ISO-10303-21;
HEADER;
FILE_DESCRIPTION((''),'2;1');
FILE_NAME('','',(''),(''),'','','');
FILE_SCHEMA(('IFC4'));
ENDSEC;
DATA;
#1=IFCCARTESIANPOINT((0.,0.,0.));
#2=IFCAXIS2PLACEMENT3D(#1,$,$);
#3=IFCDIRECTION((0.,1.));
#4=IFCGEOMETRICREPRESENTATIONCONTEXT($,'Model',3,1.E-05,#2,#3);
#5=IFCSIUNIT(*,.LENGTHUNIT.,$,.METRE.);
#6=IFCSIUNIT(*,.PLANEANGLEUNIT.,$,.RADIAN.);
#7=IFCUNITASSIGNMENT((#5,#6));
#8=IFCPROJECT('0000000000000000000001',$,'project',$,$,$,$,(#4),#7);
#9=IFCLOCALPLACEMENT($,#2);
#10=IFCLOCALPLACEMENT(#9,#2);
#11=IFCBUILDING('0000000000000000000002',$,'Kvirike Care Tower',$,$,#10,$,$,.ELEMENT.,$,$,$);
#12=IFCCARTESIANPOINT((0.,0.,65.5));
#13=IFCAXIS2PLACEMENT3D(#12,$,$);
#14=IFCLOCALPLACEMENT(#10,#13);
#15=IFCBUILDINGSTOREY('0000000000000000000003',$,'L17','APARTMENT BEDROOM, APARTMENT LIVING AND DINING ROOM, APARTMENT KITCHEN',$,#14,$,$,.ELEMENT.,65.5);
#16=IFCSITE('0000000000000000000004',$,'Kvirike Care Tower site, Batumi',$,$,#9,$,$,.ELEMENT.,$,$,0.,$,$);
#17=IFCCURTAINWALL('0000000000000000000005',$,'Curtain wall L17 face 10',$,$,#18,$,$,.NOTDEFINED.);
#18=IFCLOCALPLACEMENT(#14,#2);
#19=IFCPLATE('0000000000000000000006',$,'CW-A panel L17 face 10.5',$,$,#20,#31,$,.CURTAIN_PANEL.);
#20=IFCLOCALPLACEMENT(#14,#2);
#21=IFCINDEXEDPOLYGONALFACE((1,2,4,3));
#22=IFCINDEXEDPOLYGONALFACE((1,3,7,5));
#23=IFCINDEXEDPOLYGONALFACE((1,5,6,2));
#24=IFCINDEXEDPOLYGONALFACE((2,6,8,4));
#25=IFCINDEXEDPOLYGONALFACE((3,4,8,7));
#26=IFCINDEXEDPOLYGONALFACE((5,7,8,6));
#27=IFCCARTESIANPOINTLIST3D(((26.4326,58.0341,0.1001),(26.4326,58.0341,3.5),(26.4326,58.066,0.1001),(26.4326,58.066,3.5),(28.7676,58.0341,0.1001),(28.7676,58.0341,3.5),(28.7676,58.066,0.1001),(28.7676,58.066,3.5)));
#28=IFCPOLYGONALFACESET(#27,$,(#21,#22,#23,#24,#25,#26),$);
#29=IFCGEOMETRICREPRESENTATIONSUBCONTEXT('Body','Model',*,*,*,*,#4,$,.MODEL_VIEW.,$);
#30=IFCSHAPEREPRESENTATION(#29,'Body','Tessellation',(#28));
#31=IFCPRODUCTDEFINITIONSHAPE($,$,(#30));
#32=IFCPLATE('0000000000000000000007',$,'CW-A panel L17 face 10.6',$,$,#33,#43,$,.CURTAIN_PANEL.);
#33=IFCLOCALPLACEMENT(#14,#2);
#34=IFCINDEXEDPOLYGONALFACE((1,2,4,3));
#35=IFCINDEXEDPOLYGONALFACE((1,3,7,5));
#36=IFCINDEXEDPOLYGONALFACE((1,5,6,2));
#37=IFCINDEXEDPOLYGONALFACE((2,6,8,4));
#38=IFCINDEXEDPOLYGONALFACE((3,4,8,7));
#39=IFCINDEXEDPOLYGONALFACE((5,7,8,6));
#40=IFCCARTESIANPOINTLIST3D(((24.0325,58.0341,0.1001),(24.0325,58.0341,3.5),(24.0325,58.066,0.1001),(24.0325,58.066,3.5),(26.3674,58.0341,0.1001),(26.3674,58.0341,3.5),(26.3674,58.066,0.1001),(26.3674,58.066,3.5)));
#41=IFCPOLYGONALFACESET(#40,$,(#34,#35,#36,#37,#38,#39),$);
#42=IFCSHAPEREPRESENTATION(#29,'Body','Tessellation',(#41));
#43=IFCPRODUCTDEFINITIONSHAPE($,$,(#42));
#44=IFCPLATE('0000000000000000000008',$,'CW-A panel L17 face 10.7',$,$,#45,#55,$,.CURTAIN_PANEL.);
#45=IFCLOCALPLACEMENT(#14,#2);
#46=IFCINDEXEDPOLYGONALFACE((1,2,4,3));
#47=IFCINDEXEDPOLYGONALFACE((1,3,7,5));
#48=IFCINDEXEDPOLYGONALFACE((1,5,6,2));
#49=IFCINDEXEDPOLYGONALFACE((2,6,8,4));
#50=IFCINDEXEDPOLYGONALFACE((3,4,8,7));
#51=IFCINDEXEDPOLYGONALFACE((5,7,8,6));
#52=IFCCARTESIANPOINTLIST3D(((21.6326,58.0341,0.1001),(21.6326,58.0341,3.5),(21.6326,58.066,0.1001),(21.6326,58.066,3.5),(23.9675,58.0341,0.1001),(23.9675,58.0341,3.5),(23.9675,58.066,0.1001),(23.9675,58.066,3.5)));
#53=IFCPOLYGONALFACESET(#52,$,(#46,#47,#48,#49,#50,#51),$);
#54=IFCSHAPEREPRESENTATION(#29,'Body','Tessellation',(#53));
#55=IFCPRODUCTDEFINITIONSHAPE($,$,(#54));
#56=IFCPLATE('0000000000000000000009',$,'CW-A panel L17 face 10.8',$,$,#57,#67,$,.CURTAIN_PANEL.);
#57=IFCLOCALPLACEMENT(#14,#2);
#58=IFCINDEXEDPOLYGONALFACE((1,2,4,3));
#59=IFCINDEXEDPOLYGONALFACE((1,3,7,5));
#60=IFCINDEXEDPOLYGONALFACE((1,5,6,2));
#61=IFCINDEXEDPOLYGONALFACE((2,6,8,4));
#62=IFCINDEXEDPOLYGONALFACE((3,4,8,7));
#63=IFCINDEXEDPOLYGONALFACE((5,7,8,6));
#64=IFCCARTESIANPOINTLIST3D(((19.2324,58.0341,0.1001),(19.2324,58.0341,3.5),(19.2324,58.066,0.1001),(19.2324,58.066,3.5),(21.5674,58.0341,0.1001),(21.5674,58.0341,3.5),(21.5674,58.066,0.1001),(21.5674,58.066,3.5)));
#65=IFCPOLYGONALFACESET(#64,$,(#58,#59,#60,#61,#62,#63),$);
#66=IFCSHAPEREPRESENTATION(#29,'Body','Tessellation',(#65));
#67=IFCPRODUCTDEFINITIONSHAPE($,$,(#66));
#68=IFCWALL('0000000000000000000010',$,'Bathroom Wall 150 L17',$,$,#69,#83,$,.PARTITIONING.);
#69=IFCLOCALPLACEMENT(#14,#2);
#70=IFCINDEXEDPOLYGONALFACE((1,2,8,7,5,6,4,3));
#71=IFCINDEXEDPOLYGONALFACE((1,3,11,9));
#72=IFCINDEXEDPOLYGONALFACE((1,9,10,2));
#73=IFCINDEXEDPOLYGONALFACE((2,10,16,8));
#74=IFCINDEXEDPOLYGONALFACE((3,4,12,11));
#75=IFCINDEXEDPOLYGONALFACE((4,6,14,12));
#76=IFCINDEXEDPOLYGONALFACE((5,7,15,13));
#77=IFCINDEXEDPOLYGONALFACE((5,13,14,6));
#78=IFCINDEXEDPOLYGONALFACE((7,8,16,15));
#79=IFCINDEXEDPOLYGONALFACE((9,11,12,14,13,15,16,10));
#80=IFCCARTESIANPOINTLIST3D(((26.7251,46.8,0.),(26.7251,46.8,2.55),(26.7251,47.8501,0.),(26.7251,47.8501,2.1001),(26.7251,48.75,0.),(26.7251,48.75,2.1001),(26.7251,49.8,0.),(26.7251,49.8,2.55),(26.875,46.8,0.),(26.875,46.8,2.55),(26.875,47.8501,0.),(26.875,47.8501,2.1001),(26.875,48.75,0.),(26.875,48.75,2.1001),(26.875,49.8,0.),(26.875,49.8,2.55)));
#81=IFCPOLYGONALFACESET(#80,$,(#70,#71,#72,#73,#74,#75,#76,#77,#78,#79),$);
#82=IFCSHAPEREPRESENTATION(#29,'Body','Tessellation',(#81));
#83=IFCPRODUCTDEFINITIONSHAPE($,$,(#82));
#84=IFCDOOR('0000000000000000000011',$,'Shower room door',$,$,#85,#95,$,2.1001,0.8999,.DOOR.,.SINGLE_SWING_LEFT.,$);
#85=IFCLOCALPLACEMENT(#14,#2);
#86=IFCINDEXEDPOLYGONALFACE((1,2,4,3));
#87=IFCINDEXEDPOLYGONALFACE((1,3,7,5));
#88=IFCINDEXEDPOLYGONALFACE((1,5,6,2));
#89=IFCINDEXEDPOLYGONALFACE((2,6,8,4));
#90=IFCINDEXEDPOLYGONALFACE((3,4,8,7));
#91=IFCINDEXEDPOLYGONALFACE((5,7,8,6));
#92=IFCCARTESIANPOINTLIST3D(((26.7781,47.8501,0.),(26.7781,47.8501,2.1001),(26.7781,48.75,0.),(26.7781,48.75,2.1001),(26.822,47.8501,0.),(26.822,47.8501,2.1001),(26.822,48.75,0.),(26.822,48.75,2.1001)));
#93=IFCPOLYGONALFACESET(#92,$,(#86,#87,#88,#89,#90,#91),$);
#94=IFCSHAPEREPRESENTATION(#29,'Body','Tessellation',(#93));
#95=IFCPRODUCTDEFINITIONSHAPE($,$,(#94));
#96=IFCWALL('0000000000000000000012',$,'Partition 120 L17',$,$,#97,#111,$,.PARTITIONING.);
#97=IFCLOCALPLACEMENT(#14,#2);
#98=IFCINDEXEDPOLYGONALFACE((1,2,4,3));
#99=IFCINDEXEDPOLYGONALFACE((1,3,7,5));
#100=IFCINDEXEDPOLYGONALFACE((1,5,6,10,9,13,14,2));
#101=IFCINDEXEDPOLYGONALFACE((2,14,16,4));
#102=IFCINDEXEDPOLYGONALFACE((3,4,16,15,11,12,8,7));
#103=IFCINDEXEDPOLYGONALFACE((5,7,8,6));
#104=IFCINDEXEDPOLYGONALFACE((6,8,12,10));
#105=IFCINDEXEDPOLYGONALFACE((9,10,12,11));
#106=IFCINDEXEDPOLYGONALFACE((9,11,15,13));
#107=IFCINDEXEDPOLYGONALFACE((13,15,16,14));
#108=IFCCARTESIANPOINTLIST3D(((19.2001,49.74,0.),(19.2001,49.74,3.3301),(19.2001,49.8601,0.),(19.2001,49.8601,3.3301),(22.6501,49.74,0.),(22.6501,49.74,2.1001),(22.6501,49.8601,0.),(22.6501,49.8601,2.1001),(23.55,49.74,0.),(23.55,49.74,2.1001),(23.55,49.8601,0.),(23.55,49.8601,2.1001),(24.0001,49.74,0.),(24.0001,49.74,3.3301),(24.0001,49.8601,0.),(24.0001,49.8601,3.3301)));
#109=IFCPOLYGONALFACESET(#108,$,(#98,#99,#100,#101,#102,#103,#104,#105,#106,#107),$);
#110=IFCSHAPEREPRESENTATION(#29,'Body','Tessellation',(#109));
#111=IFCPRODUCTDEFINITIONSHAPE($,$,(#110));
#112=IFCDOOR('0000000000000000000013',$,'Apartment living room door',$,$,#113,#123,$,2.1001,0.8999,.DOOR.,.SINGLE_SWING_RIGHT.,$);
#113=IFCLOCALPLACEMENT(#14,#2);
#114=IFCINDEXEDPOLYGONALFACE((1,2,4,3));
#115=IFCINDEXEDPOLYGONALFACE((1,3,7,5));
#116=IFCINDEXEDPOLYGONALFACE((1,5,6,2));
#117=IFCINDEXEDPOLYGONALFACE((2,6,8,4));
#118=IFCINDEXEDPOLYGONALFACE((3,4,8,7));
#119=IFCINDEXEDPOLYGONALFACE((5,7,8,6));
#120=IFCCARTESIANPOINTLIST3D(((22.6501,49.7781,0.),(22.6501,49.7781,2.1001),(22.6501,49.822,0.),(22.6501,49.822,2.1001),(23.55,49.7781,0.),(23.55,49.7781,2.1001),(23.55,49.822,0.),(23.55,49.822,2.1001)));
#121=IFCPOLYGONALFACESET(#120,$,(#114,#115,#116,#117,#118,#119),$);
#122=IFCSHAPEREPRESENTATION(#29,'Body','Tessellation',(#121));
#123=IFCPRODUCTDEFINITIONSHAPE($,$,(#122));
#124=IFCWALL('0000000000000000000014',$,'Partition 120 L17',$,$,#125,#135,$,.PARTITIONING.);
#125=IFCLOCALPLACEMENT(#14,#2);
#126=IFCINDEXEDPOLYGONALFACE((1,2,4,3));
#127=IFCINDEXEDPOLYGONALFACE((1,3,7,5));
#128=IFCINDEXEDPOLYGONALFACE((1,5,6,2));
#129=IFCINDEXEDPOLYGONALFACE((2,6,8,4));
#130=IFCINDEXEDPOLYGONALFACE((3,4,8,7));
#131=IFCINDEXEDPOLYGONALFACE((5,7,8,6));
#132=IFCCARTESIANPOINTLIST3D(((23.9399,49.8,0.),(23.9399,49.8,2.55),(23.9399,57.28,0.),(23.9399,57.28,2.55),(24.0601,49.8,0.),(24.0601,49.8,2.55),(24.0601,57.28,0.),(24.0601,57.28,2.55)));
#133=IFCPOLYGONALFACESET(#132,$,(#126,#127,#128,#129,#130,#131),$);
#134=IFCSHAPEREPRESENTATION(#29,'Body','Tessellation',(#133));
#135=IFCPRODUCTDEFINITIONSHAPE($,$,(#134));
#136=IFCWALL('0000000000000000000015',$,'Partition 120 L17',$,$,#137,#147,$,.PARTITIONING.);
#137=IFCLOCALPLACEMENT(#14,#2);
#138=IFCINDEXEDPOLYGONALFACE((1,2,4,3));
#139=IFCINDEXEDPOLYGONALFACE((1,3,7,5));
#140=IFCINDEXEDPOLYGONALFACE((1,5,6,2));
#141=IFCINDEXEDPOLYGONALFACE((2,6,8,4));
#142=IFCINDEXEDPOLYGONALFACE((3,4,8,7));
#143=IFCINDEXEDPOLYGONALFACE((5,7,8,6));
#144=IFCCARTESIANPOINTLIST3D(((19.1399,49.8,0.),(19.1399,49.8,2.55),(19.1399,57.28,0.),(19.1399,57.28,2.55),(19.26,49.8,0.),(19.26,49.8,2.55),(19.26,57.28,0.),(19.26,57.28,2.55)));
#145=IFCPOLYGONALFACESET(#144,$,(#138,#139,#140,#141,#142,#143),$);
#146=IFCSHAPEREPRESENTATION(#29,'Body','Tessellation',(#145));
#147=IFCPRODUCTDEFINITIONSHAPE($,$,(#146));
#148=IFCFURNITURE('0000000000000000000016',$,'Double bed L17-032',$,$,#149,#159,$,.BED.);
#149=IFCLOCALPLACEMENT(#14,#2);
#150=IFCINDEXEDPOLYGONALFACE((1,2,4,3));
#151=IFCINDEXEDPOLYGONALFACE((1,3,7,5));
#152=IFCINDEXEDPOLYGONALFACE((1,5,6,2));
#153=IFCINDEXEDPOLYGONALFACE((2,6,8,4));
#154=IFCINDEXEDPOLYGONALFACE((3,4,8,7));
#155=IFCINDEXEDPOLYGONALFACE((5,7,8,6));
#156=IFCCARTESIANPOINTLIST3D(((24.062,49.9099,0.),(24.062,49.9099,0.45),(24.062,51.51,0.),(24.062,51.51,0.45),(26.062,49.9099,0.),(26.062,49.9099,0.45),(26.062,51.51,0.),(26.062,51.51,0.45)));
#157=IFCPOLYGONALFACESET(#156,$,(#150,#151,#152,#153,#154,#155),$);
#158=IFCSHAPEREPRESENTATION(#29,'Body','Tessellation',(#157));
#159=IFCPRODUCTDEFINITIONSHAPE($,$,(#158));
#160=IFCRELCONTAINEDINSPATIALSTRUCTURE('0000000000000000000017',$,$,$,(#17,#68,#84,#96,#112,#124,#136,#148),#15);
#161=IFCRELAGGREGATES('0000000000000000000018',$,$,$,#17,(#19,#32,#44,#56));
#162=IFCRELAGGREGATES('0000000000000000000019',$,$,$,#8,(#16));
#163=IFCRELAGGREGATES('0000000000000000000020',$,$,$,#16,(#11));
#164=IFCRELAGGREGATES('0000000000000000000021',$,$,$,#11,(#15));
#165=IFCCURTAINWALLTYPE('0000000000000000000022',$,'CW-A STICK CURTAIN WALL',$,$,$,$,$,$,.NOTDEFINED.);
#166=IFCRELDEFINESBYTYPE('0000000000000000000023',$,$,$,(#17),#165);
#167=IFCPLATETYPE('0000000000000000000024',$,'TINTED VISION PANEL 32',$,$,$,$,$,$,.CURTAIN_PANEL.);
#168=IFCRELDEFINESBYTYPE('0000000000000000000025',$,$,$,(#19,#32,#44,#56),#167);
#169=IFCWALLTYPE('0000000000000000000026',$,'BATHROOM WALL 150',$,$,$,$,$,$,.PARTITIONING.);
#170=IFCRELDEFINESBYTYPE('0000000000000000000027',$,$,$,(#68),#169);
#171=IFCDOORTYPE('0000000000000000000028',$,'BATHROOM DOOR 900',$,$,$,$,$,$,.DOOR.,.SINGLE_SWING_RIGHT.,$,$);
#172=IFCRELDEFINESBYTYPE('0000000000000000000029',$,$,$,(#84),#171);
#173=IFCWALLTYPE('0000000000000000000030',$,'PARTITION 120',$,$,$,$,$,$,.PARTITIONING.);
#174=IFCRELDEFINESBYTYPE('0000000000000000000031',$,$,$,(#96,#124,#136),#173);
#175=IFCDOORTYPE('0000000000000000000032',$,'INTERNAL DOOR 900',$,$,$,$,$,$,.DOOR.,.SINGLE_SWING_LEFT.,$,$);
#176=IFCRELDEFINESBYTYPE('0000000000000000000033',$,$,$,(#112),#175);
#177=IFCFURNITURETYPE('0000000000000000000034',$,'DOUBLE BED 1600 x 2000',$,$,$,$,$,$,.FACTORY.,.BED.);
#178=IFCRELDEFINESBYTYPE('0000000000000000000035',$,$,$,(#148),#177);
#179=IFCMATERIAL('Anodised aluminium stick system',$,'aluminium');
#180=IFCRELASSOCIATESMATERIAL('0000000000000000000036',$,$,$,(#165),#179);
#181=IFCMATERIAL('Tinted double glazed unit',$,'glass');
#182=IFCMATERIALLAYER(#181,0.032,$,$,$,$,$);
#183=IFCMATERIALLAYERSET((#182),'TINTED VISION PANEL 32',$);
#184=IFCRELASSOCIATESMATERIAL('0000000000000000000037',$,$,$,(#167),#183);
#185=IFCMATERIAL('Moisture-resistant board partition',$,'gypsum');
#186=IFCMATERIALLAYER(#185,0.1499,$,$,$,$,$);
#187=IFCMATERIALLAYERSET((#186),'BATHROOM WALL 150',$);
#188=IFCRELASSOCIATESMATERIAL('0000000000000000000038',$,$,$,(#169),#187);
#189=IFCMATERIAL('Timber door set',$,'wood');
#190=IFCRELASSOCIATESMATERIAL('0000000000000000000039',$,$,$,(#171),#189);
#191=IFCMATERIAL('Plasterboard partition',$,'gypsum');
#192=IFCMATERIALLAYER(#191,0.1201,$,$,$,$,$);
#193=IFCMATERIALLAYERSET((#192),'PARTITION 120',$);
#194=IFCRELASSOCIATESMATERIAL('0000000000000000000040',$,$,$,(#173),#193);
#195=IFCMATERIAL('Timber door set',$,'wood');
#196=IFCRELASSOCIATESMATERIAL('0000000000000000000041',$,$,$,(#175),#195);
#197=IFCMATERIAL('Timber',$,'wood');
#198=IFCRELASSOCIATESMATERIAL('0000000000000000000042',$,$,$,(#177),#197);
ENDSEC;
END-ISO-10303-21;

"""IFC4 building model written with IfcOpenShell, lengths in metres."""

from ifc_helpers import new_model, si_unit, direction, frame, frame_2d, origin, origin_2d, place, context, subcontext, project, spatial, rectangle, extrude, material, layer, layer_set, type_object, element, fill, aggregate, save


model = new_model("IFC4")

# Units and contexts
model_context = context("Model", 3, precision=1e-05, world=origin(), true_north=direction((0.0, 1.0)))
body_context = subcontext(model_context, "Body", "Model", "MODEL_VIEW")
ifc_project = project(units=[si_unit("LENGTHUNIT", "METRE"), si_unit("PLANEANGLEUNIT", "RADIAN")], contexts=[model_context])

# Site, building, storey
site_placement = place(None, origin())
site = spatial("IfcSite", under=ifc_project, at=site_placement, Name="Kvirike Care Tower site, Batumi", CompositionType="ELEMENT", RefElevation=0.0)
building_placement = place(site_placement, origin())
building = spatial("IfcBuilding", under=site, at=building_placement, Name="Kvirike Care Tower", CompositionType="ELEMENT")
storey_placement = place(building_placement, frame((0.0, 0.0, 65.5)))
storey = spatial("IfcBuildingStorey", under=building, at=storey_placement, Name="L17", Description="APARTMENT BEDROOM, APARTMENT LIVING AND DINING ROOM, APARTMENT KITCHEN", CompositionType="ELEMENT", Elevation=65.5)

# Curtain wall
ifc_material_1 = material(Name="Anodised aluminium stick system", Category="aluminium")
curtain_wall_type = type_object("IfcCurtainWallType", Name="CW-A STICK CURTAIN WALL", PredefinedType="NOTDEFINED", material=ifc_material_1)
curtain_wall_placement = place(storey_placement, origin())
curtain_wall = element("IfcCurtainWall", 1, at=curtain_wall_placement, inside=storey, type_object=curtain_wall_type, Name="Curtain wall L17 face 10", PredefinedType="NOTDEFINED")

# Plates
ifc_material_2 = material(Name="Tinted double glazed unit", Category="glass")
ifc_layer_1 = layer(ifc_material_2, 0.032)
ifc_layer_set_1 = layer_set([ifc_layer_1], Name="TINTED VISION PANEL 32")
plate_type = type_object("IfcPlateType", Name="TINTED VISION PANEL 32", PredefinedType="CURTAIN_PANEL", material=ifc_layer_set_1)
plate_1_placement = place(storey_placement, frame((27.6001, 58.05, 0.1001), z_axis=(0.0, 0.0, 1.0), x_axis=(-1.0, 0.0, 0.0)))
plate_1 = element("IfcPlate", 2, at=plate_1_placement, type_object=plate_type, Name="CW-A panel L17 face 10.5", PredefinedType="CURTAIN_PANEL", context=body_context, shape_type="SweptSolid", body=[
    extrude(rectangle(XDim=2.335, YDim=0.032, at=origin_2d()), origin(), (0.0, 0.0, 1.0), 3.3999),
])
plate_2_placement = place(storey_placement, frame((25.2, 58.05, 0.1001), z_axis=(0.0, 0.0, 1.0), x_axis=(-1.0, 0.0, 0.0)))
plate_2 = element("IfcPlate", 3, at=plate_2_placement, type_object=plate_type, Name="CW-A panel L17 face 10.6", PredefinedType="CURTAIN_PANEL", context=body_context, shape_type="SweptSolid", body=[
    extrude(rectangle(XDim=2.335, YDim=0.032, at=origin_2d()), origin(), (0.0, 0.0, 1.0), 3.3999),
])
plate_3_placement = place(storey_placement, frame((22.8, 58.05, 0.1001), z_axis=(0.0, 0.0, 1.0), x_axis=(-1.0, 0.0, 0.0)))
plate_3 = element("IfcPlate", 4, at=plate_3_placement, type_object=plate_type, Name="CW-A panel L17 face 10.7", PredefinedType="CURTAIN_PANEL", context=body_context, shape_type="SweptSolid", body=[
    extrude(rectangle(XDim=2.335, YDim=0.032, at=origin_2d()), origin(), (0.0, 0.0, 1.0), 3.3999),
])
plate_4_placement = place(storey_placement, frame((20.3999, 58.05, 0.1001), z_axis=(0.0, 0.0, 1.0), x_axis=(-1.0, 0.0, 0.0)))
plate_4 = element("IfcPlate", 5, at=plate_4_placement, type_object=plate_type, Name="CW-A panel L17 face 10.8", PredefinedType="CURTAIN_PANEL", context=body_context, shape_type="SweptSolid", body=[
    extrude(rectangle(XDim=2.335, YDim=0.032, at=origin_2d()), origin(), (0.0, 0.0, 1.0), 3.3999),
])
aggregate(curtain_wall, [plate_1, plate_2, plate_3, plate_4])

# Walls, openings, doors
ifc_material_3 = material(Name="Moisture-resistant board partition", Category="gypsum")
ifc_layer_2 = layer(ifc_material_3, 0.1499)
ifc_layer_set_2 = layer_set([ifc_layer_2], Name="BATHROOM WALL 150")
wall_type_1 = type_object("IfcWallType", Name="BATHROOM WALL 150", PredefinedType="PARTITIONING", material=ifc_layer_set_2)
wall_1_placement = place(storey_placement, frame((26.8, 49.8, 0.0), z_axis=(0.0, 0.0, 1.0), x_axis=(0.0, -1.0, 0.0)))
wall_1 = element("IfcWall", 6, at=wall_1_placement, inside=storey, type_object=wall_type_1, Name="Bathroom Wall 150 L17", PredefinedType="PARTITIONING", context=body_context, shape_type="SweptSolid", body=[
    extrude(rectangle(XDim=3.0, YDim=0.1499, at=frame_2d((1.5, 0.0))), origin(), (0.0, 0.0, 1.0), 2.55),
])
opening_1_placement = place(wall_1_placement, frame((1.05, 0.0, 0.0)))
opening_1 = element("IfcOpeningElement", 7, at=opening_1_placement, cuts=wall_1, PredefinedType="OPENING", context=body_context, shape_type="SweptSolid", body=[
    extrude(rectangle(XDim=0.8999, YDim=2.1001, at=frame_2d((0.45, 1.05))), frame((0.0, 0.0854, 0.0), z_axis=(0.0, -1.0, 0.0), x_axis=(1.0, 0.0, 0.0)), (0.0, 0.0, 1.0), 0.1709),
])
ifc_material_4 = material(Name="Timber door set", Category="wood")
door_type_1 = type_object("IfcDoorType", Name="BATHROOM DOOR 900", OperationType="SINGLE_SWING_RIGHT", PredefinedType="DOOR", material=ifc_material_4)
door_1_placement = place(opening_1_placement, frame((0.8999, 0.0, 0.0), z_axis=(0.0, 0.0, 1.0), x_axis=(-1.0, 0.0, 0.0)))
door_1 = element("IfcDoor", 8, at=door_1_placement, inside=storey, type_object=door_type_1, Name="Shower room door", OperationType="SINGLE_SWING_LEFT", OverallHeight=2.1001, OverallWidth=0.8999, PredefinedType="DOOR", context=body_context, shape_type="SweptSolid", body=[
    extrude(rectangle(XDim=0.8999, YDim=2.1001, at=frame_2d((0.45, 1.05))), frame((0.0, 0.022, 0.0), z_axis=(0.0, -1.0, 0.0), x_axis=(1.0, 0.0, 0.0)), (0.0, 0.0, 1.0), 0.0439),
])
fill(opening_1, door_1)
ifc_material_5 = material(Name="Plasterboard partition", Category="gypsum")
ifc_layer_3 = layer(ifc_material_5, 0.1201)
ifc_layer_set_3 = layer_set([ifc_layer_3], Name="PARTITION 120")
wall_type_2 = type_object("IfcWallType", Name="PARTITION 120", PredefinedType="PARTITIONING", material=ifc_layer_set_3)
wall_2_placement = place(storey_placement, frame((24.0, 49.8, 0.0), z_axis=(0.0, 0.0, 1.0), x_axis=(-1.0, 0.0, 0.0)))
wall_2 = element("IfcWall", 9, at=wall_2_placement, inside=storey, type_object=wall_type_2, Name="Partition 120 L17", PredefinedType="PARTITIONING", context=body_context, shape_type="SweptSolid", body=[
    extrude(rectangle(XDim=4.8, YDim=0.1201, at=frame_2d((2.3999, 0.0))), origin(), (0.0, 0.0, 1.0), 3.3301),
])
opening_2_placement = place(wall_2_placement, frame((0.45, 0.0, 0.0)))
opening_2 = element("IfcOpeningElement", 10, at=opening_2_placement, cuts=wall_2, PredefinedType="OPENING", context=body_context, shape_type="SweptSolid", body=[
    extrude(rectangle(XDim=0.8999, YDim=2.1001, at=frame_2d((0.45, 1.05))), frame((0.0, 0.0706, 0.0), z_axis=(0.0, -1.0, 0.0), x_axis=(1.0, 0.0, 0.0)), (0.0, 0.0, 1.0), 0.1411),
])
ifc_material_6 = material(Name="Timber door set", Category="wood")
door_type_2 = type_object("IfcDoorType", Name="INTERNAL DOOR 900", OperationType="SINGLE_SWING_LEFT", PredefinedType="DOOR", material=ifc_material_6)
door_2_placement = place(opening_2_placement, frame((0.8999, 0.0, 0.0), z_axis=(0.0, 0.0, 1.0), x_axis=(-1.0, 0.0, 0.0)))
door_2 = element("IfcDoor", 11, at=door_2_placement, inside=storey, type_object=door_type_2, Name="Apartment living room door", OperationType="SINGLE_SWING_RIGHT", OverallHeight=2.1001, OverallWidth=0.8999, PredefinedType="DOOR", context=body_context, shape_type="SweptSolid", body=[
    extrude(rectangle(XDim=0.8999, YDim=2.1001, at=frame_2d((0.45, 1.05))), frame((0.0, 0.022, 0.0), z_axis=(0.0, -1.0, 0.0), x_axis=(1.0, 0.0, 0.0)), (0.0, 0.0, 1.0), 0.0439),
])
fill(opening_2, door_2)

# Walls
for number, where, z_axis, x_axis, name in (
    (12, (24.0, 57.28, 0.0), (0.0, 0.0, 1.0), (0.0, -1.0, 0.0), "Partition 120 L17"),
    (13, (19.2, 57.28, 0.0), (0.0, 0.0, 1.0), (0.0, -1.0, 0.0), "Partition 120 L17"),
):
    element("IfcWall", number, at=place(storey_placement, frame(where, z_axis=z_axis, x_axis=x_axis)), inside=storey, type_object=wall_type_2, Name=name, PredefinedType="PARTITIONING", context=body_context, shape_type="SweptSolid", body=[
        extrude(rectangle(XDim=7.48, YDim=0.1201, at=frame_2d((3.74, 0.0))), origin(), (0.0, 0.0, 1.0), 2.55),
    ])

# Furniture
ifc_material_7 = material(Name="Timber", Category="wood")
furniture_type = type_object("IfcFurnitureType", Name="DOUBLE BED 1600 x 2000", AssemblyPlace="FACTORY", PredefinedType="BED", material=ifc_material_7)
furniture_placement = place(storey_placement, frame((25.062, 50.71, 0.0), z_axis=(0.0, 0.0, 1.0), x_axis=(0.0, 1.0, 0.0)))
element("IfcFurniture", 14, at=furniture_placement, inside=storey, type_object=furniture_type, Name="Double bed L17-032", PredefinedType="BED", context=body_context, shape_type="SweptSolid", body=[
    extrude(rectangle(XDim=1.6001, YDim=2.0, at=origin_2d()), origin(), (0.0, 0.0, 1.0), 0.45),
])

save(model, "model.ifc")
